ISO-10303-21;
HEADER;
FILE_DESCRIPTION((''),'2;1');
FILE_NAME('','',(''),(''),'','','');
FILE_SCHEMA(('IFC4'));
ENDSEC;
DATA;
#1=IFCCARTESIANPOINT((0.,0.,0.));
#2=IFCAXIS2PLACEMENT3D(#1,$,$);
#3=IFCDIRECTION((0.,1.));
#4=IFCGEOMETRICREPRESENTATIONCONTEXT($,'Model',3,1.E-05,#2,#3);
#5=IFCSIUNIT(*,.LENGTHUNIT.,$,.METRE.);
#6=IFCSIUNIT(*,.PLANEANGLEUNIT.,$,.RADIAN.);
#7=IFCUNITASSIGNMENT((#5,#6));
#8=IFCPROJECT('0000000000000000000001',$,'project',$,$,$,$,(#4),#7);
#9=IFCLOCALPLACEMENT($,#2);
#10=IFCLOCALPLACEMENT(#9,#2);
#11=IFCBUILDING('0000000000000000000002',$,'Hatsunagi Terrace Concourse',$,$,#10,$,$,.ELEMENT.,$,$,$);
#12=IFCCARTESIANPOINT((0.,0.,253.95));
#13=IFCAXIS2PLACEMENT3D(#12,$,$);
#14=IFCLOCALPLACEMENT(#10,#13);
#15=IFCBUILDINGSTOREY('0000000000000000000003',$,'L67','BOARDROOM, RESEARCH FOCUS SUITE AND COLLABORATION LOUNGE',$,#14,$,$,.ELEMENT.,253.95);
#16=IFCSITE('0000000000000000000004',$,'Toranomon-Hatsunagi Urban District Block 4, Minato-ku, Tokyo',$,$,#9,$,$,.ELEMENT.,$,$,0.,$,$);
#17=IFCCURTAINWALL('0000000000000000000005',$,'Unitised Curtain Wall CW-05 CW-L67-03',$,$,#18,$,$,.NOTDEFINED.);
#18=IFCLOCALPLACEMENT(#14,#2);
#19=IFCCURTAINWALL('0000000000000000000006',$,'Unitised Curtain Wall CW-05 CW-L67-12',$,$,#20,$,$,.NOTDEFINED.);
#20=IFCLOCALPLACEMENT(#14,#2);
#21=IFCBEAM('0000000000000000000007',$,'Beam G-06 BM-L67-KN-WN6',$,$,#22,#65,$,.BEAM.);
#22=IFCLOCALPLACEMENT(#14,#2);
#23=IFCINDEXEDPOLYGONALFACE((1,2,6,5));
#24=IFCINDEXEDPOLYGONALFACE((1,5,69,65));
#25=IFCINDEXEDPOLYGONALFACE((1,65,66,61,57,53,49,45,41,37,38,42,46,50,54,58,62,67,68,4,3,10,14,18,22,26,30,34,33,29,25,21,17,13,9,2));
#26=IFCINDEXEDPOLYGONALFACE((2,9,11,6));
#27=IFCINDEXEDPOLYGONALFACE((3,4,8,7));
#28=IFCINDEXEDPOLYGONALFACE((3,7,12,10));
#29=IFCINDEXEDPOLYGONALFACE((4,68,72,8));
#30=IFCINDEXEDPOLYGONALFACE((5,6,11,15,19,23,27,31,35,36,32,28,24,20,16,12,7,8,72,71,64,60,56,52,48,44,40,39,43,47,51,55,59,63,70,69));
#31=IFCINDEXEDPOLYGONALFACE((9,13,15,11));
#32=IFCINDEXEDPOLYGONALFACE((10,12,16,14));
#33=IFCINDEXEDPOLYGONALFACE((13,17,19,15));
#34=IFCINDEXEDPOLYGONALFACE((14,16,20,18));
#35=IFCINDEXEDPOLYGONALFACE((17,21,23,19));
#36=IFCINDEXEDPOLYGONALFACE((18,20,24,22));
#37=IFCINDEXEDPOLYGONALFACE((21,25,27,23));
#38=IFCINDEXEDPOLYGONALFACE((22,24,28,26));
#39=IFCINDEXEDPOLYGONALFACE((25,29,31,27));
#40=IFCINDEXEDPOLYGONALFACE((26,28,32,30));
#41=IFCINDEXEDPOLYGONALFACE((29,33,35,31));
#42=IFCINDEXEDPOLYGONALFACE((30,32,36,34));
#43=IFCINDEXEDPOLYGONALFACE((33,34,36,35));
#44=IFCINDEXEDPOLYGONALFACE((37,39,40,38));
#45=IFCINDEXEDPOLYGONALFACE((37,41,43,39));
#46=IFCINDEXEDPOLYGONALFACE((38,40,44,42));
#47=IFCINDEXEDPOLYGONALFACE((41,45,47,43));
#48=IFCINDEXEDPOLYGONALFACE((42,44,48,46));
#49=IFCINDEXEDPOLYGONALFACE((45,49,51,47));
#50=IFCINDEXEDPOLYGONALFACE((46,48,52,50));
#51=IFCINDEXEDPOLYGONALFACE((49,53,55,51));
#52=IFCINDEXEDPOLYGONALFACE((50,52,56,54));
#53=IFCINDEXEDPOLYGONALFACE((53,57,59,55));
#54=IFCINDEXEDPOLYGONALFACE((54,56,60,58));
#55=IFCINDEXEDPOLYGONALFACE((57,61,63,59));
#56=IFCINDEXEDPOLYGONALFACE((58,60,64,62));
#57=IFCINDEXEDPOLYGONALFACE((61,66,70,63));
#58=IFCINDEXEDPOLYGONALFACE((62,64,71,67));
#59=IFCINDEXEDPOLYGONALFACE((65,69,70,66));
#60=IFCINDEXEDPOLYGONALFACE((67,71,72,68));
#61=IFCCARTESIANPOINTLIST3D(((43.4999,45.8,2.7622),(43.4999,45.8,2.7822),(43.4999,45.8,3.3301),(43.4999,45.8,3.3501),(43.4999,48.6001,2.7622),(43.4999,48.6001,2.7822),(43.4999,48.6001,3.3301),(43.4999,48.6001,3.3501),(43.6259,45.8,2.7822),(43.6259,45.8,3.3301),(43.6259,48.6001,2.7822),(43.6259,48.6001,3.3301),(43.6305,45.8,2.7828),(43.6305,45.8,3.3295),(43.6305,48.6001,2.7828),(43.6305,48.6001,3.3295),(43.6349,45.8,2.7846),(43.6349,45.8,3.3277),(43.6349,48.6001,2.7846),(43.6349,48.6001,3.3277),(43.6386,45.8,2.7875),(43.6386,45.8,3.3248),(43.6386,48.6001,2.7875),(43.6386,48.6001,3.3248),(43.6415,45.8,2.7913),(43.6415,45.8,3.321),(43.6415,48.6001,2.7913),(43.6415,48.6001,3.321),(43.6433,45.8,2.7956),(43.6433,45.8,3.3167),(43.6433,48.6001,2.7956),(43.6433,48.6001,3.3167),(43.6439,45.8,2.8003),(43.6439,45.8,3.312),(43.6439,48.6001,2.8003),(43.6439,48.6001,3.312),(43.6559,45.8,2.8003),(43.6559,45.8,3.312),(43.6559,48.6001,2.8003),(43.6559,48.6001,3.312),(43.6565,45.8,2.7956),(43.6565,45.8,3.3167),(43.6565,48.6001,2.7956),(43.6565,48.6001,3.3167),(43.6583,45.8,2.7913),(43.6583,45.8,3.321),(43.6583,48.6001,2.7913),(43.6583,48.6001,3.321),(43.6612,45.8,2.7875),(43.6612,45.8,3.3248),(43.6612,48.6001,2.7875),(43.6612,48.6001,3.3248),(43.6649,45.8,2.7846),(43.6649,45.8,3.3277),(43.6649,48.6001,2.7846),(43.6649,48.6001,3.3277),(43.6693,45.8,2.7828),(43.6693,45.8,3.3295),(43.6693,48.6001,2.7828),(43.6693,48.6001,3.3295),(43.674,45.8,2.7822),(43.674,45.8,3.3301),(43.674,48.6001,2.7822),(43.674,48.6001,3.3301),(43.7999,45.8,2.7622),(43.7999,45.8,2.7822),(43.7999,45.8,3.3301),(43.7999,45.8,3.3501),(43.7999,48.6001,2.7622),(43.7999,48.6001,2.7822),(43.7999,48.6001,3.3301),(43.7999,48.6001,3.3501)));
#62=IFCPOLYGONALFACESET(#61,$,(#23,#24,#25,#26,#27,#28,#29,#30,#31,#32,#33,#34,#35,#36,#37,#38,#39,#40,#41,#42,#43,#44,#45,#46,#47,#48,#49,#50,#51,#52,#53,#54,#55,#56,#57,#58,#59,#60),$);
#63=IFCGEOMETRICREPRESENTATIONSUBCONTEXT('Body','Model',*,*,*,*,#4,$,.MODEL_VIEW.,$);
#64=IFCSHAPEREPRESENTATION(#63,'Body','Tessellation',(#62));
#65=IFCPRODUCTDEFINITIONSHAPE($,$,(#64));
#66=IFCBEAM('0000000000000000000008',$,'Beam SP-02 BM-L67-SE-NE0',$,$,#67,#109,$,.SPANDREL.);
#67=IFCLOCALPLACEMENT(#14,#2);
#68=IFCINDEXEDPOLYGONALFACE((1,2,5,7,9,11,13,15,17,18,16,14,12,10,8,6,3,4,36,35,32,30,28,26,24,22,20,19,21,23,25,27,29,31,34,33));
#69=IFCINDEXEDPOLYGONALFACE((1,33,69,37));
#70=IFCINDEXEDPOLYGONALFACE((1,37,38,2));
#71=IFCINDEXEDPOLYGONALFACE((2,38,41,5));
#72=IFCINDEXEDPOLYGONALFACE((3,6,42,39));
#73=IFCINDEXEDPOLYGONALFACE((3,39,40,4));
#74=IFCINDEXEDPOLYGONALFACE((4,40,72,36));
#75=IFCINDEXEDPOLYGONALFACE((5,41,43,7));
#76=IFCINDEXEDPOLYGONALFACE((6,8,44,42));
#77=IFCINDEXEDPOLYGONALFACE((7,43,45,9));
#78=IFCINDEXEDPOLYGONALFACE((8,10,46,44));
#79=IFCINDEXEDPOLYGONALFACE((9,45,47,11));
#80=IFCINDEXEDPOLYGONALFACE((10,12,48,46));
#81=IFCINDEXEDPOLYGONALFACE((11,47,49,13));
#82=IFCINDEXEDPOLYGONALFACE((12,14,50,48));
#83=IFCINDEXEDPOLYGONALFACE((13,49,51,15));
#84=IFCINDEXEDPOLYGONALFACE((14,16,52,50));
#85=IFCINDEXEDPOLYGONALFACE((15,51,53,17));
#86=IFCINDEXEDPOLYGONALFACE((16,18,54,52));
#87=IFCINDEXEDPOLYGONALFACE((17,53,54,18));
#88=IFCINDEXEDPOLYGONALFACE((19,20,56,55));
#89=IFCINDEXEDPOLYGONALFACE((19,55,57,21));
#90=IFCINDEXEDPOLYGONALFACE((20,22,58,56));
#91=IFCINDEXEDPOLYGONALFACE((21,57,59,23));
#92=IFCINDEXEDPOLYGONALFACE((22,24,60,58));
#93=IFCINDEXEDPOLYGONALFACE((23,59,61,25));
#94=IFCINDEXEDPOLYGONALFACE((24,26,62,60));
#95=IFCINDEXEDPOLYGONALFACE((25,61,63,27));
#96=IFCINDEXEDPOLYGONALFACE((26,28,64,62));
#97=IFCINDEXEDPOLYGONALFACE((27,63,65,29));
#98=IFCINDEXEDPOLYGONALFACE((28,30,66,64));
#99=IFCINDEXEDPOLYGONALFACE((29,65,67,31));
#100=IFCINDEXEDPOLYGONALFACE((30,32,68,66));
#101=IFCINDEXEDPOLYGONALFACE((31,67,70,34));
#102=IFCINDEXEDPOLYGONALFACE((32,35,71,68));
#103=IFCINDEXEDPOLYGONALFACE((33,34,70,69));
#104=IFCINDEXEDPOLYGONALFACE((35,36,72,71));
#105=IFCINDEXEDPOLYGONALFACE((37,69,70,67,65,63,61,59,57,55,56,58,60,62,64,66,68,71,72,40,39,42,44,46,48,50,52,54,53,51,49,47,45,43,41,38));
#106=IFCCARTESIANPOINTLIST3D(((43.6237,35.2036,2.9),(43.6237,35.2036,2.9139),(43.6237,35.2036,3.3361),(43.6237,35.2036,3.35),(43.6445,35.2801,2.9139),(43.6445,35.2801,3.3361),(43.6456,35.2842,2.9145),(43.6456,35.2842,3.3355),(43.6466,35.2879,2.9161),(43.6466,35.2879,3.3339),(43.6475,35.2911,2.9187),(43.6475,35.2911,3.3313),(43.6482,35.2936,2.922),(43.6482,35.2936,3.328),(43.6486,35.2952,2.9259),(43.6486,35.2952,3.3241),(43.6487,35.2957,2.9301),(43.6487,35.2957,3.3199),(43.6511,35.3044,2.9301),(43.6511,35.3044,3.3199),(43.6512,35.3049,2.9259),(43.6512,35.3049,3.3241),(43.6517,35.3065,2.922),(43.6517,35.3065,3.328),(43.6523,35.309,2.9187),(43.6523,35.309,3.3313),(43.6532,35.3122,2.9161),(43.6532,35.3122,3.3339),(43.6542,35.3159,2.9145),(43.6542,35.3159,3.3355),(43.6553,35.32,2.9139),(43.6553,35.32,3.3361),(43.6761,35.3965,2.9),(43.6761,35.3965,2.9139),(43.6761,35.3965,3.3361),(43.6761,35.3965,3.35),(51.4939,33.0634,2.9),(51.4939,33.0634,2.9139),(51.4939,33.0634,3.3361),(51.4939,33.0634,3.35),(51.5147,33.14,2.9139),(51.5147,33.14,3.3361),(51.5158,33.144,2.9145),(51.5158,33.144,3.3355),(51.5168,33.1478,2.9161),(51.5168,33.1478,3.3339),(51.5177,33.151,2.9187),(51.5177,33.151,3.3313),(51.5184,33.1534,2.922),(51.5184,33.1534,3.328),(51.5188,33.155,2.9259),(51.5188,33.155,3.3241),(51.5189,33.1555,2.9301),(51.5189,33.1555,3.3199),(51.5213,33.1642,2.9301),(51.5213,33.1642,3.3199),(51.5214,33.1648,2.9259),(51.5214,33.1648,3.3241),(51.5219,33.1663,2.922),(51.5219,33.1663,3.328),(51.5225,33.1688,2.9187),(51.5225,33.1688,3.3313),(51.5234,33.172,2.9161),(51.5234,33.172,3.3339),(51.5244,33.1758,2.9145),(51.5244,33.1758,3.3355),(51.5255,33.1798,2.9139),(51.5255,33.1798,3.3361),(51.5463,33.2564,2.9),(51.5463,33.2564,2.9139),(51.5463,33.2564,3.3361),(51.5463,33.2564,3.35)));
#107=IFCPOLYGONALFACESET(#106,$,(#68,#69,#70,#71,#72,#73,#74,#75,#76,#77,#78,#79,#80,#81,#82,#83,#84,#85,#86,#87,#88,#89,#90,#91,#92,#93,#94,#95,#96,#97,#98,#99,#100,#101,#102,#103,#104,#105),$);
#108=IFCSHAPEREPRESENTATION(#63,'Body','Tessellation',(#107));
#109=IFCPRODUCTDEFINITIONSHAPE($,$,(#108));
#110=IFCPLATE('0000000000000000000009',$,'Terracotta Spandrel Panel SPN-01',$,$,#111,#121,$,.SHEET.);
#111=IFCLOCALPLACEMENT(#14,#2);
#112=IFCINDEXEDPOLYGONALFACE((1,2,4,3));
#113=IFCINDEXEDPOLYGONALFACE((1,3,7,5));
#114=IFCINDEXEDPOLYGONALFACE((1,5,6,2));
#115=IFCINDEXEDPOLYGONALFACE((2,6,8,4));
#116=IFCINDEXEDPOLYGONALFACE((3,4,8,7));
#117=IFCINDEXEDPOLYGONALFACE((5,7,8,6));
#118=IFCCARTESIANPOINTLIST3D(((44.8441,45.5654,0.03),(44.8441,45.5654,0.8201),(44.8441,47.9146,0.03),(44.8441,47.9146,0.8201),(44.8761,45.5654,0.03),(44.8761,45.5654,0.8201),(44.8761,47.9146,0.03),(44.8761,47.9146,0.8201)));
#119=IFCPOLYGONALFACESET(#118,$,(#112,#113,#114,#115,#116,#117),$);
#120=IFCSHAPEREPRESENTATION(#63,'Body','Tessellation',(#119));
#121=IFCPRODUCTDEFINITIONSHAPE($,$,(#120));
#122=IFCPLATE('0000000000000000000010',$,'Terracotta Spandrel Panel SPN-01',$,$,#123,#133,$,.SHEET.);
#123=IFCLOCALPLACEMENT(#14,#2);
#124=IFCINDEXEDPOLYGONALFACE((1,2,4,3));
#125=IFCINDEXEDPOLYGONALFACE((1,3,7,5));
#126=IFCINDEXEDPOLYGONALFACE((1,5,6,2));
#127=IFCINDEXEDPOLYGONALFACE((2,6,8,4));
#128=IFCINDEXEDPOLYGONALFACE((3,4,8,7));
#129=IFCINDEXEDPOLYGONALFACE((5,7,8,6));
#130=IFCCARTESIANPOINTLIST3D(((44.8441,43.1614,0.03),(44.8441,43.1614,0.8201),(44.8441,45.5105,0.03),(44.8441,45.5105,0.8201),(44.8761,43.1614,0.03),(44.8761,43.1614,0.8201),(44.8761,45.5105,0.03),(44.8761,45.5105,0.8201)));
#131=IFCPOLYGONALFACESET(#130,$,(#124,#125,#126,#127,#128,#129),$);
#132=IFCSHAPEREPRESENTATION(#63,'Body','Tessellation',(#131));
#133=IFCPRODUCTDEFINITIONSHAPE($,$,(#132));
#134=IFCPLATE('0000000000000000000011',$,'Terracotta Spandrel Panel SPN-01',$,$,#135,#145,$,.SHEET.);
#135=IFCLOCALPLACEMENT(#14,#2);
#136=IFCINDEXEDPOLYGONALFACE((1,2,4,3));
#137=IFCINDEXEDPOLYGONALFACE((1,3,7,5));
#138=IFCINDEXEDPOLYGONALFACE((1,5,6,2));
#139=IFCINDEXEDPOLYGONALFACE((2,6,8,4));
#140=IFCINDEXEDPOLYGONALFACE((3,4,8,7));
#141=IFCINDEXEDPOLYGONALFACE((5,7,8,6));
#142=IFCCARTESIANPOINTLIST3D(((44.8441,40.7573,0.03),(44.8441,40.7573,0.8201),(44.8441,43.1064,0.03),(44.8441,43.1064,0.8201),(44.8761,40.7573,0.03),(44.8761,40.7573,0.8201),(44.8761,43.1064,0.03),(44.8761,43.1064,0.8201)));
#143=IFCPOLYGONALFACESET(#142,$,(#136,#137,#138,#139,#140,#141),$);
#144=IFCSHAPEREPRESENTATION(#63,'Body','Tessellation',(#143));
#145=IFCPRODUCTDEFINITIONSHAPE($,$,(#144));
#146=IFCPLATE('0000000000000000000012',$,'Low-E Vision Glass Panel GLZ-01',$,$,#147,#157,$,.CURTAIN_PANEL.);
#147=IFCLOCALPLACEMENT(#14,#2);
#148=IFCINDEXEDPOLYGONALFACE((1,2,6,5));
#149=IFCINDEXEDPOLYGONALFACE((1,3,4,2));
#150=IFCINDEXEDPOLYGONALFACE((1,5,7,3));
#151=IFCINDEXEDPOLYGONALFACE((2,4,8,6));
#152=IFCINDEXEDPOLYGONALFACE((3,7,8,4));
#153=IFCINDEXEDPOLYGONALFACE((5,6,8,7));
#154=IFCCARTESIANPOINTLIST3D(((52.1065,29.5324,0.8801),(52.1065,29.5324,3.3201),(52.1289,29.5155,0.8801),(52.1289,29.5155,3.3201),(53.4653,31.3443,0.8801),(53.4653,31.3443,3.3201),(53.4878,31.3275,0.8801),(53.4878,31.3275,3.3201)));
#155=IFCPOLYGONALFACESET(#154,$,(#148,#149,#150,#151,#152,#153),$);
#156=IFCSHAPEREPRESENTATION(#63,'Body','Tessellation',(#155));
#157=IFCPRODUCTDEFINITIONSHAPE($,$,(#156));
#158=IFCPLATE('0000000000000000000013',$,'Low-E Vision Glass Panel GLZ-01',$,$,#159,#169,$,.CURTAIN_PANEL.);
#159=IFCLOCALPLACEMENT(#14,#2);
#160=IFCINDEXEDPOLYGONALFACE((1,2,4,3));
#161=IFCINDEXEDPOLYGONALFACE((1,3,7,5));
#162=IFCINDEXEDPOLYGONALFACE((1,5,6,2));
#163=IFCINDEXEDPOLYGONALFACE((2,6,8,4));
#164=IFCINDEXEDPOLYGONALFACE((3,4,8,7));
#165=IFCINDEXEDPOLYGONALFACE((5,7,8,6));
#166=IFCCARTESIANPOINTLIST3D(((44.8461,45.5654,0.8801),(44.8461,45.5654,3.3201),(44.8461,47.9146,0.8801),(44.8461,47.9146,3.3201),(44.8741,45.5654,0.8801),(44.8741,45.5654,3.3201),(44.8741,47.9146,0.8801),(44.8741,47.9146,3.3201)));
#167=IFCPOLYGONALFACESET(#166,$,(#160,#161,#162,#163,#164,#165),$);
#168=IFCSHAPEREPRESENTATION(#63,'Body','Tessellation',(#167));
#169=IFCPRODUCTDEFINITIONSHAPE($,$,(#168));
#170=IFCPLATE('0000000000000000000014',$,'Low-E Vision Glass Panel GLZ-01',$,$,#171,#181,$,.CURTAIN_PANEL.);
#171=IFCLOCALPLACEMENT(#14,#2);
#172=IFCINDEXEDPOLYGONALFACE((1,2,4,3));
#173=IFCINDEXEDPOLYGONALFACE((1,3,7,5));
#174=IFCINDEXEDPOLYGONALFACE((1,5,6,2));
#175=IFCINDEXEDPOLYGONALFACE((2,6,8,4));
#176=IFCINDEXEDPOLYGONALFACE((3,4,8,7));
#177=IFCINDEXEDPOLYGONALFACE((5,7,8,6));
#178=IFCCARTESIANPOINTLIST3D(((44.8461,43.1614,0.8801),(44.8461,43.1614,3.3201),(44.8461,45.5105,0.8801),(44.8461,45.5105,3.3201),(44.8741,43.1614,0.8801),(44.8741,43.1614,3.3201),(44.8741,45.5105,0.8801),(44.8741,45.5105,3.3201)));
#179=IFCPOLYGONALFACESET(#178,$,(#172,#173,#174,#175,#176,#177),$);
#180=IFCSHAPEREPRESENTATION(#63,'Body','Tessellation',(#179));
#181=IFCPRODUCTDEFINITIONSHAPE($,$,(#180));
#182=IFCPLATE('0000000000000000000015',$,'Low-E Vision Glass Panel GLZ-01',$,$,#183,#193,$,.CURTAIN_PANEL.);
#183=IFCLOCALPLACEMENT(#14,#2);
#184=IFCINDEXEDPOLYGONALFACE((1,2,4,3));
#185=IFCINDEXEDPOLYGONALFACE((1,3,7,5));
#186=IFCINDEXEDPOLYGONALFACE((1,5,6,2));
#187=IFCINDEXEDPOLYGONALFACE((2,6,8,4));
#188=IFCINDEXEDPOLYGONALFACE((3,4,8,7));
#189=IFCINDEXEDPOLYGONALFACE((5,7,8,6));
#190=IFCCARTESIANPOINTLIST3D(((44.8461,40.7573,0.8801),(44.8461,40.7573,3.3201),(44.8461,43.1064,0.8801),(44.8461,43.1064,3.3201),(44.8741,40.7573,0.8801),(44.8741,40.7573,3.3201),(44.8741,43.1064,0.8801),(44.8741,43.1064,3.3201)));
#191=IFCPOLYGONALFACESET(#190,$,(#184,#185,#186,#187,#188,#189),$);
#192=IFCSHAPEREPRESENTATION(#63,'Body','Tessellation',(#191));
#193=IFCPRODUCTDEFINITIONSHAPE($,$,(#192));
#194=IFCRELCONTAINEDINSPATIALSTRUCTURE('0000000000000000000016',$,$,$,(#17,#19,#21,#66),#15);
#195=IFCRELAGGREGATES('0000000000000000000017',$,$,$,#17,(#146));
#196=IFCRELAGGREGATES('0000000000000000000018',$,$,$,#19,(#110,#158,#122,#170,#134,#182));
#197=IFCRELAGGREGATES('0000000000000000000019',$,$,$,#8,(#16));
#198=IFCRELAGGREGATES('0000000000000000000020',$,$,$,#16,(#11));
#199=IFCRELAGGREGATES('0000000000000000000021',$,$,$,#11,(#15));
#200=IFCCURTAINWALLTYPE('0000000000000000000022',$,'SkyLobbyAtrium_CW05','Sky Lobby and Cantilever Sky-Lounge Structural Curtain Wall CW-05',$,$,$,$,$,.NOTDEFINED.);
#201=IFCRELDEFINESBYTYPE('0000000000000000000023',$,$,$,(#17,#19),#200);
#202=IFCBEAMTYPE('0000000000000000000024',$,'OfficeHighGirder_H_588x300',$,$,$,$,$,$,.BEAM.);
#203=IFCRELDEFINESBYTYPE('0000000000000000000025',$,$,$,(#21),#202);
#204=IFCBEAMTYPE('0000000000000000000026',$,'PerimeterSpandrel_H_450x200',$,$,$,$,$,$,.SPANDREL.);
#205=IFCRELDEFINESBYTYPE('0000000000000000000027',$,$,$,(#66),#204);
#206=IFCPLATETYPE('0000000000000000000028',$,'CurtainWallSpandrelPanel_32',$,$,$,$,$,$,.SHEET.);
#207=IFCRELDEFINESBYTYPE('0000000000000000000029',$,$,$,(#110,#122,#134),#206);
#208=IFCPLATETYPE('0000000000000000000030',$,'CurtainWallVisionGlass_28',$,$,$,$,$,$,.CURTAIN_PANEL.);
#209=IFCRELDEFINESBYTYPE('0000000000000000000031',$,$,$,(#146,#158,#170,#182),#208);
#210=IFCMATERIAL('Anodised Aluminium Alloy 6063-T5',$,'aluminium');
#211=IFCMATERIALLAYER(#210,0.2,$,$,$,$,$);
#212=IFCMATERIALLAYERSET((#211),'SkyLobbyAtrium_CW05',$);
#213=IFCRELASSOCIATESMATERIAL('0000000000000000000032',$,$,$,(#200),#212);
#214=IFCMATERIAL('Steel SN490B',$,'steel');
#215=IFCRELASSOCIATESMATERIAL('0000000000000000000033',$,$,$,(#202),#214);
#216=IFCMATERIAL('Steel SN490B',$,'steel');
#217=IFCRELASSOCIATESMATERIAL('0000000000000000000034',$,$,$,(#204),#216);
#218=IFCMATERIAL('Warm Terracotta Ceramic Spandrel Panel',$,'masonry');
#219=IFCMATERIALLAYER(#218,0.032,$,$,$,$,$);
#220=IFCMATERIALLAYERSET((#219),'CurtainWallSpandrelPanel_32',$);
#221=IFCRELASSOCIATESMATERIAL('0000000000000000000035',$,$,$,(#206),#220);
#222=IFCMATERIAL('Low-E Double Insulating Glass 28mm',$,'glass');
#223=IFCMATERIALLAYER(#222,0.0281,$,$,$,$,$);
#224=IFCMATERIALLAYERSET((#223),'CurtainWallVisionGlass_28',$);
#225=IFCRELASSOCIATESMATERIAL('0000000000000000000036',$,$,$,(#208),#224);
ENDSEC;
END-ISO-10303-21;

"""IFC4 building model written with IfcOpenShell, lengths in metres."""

from ifc_helpers import new_model, si_unit, direction, frame, origin, origin_2d, place, context, subcontext, project, spatial, rectangle, i_section, extrude, material, layer, layer_set, material_profile, profile_set, type_object, element, aggregate, save


model = new_model("IFC4")

# Units and contexts
model_context = context("Model", 3, precision=1e-05, world=origin(), true_north=direction((0.0, 1.0)))
body_context = subcontext(model_context, "Body", "Model", "MODEL_VIEW")
ifc_project = project(units=[si_unit("LENGTHUNIT", "METRE"), si_unit("PLANEANGLEUNIT", "RADIAN")], contexts=[model_context])

# Site, building, storey
site_placement = place(None, origin())
site = spatial("IfcSite", under=ifc_project, at=site_placement, Name="Toranomon-Hatsunagi Urban District Block 4, Minato-ku, Tokyo", CompositionType="ELEMENT", RefElevation=0.0)
building_placement = place(site_placement, origin())
building = spatial("IfcBuilding", under=site, at=building_placement, Name="Hatsunagi Terrace Concourse", CompositionType="ELEMENT")
storey_placement = place(building_placement, frame((0.0, 0.0, 253.95)))
storey = spatial("IfcBuildingStorey", under=building, at=storey_placement, Name="L67", Description="BOARDROOM, RESEARCH FOCUS SUITE AND COLLABORATION LOUNGE", CompositionType="ELEMENT", Elevation=253.95)

# Curtain wall
ifc_material_1 = material(Name="Anodised Aluminium Alloy 6063-T5", Category="aluminium")
ifc_layer_1 = layer(ifc_material_1, 0.2)
ifc_layer_set_1 = layer_set([ifc_layer_1], Name="SkyLobbyAtrium_CW05")
curtain_wall_type = type_object("IfcCurtainWallType", Name="SkyLobbyAtrium_CW05", Description="Sky Lobby and Cantilever Sky-Lounge Structural Curtain Wall CW-05", PredefinedType="NOTDEFINED", material=ifc_layer_set_1)
curtain_wall_1_placement = place(storey_placement, origin())
curtain_wall_1 = element("IfcCurtainWall", 1, at=curtain_wall_1_placement, inside=storey, type_object=curtain_wall_type, Name="Unitised Curtain Wall CW-05 CW-L67-03", PredefinedType="NOTDEFINED")

# Curtain wall
curtain_wall_2_placement = place(storey_placement, origin())
curtain_wall_2 = element("IfcCurtainWall", 2, at=curtain_wall_2_placement, inside=storey, type_object=curtain_wall_type, Name="Unitised Curtain Wall CW-05 CW-L67-12", PredefinedType="NOTDEFINED")

# Beams
ifc_material_2 = material(Name="Steel SN490B", Category="steel")
ifc_material_profile_1 = material_profile(ifc_material_2, i_section(OverallWidth=0.3, OverallDepth=0.5879, WebThickness=0.012, FlangeThickness=0.02, FilletRadius=0.0181, at=origin_2d()), Name="H-588x300x12x20")
ifc_profile_set_1 = profile_set([ifc_material_profile_1], Name="Steel SN490B")
beam_type_1 = type_object("IfcBeamType", Name="OfficeHighGirder_H_588x300", PredefinedType="BEAM", material=ifc_profile_set_1)
for number, where, z_axis, x_axis, name in (
    (3, (43.6499, 45.8, 3.0562), (0.0, 1.0, 0.0), (-1.0, 0.0, 0.0), "Beam G-06 BM-L67-KN-WN6"),
):
    element("IfcBeam", number, at=place(storey_placement, frame(where, z_axis=z_axis, x_axis=x_axis)), inside=storey, type_object=beam_type_1, Name=name, PredefinedType="BEAM", context=body_context, shape_type="SweptSolid", body=[
        extrude(i_section(OverallWidth=0.3, OverallDepth=0.5879, WebThickness=0.012, FlangeThickness=0.02, FilletRadius=0.0181, at=origin_2d()), origin(), (0.0, 0.0, 1.0), 2.8),
    ])
ifc_material_3 = material(Name="Steel SN490B", Category="steel")
ifc_material_profile_2 = material_profile(ifc_material_3, i_section(OverallWidth=0.2, OverallDepth=0.45, WebThickness=0.009, FlangeThickness=0.0139, FilletRadius=0.0161, at=origin_2d()), Name="H-450x200x9x14")
ifc_profile_set_2 = profile_set([ifc_material_profile_2], Name="Steel SN490B")
beam_type_2 = type_object("IfcBeamType", Name="PerimeterSpandrel_H_450x200", PredefinedType="SPANDREL", material=ifc_profile_set_2)
beam_1_placement = place(storey_placement, frame((43.6499, 35.3, 3.125), z_axis=(0.964958, -0.262403, 0.0), x_axis=(0.262403, 0.964958, 0.0)))
element("IfcBeam", 4, at=beam_1_placement, inside=storey, type_object=beam_type_2, Name="Beam SP-02 BM-L67-SE-NE0", PredefinedType="SPANDREL", context=body_context, shape_type="SweptSolid", body=[
    extrude(i_section(OverallWidth=0.2, OverallDepth=0.45, WebThickness=0.009, FlangeThickness=0.0139, FilletRadius=0.0161, at=origin_2d()), origin(), (0.0, 0.0, 1.0), 8.156),
])

# Plates
ifc_material_4 = material(Name="Warm Terracotta Ceramic Spandrel Panel", Category="masonry")
ifc_layer_2 = layer(ifc_material_4, 0.032)
ifc_layer_set_2 = layer_set([ifc_layer_2], Name="CurtainWallSpandrelPanel_32")
plate_type_1 = type_object("IfcPlateType", Name="CurtainWallSpandrelPanel_32", PredefinedType="SHEET", material=ifc_layer_set_2)
plate_1_placement = place(storey_placement, frame((44.8601, 46.74, 0.03), z_axis=(0.0, 0.0, 1.0), x_axis=(0.0, -1.0, 0.0)))
plate_1 = element("IfcPlate", 5, at=plate_1_placement, type_object=plate_type_1, Name="Terracotta Spandrel Panel SPN-01", PredefinedType="SHEET", context=body_context, shape_type="SweptSolid", body=[
    extrude(rectangle(XDim=2.3491, YDim=0.032, at=origin_2d()), origin(), (0.0, 0.0, 1.0), 0.79),
])
plate_2_placement = place(storey_placement, frame((44.8601, 44.3359, 0.03), z_axis=(0.0, 0.0, 1.0), x_axis=(0.0, -1.0, 0.0)))
plate_2 = element("IfcPlate", 6, at=plate_2_placement, type_object=plate_type_1, Name="Terracotta Spandrel Panel SPN-01", PredefinedType="SHEET", context=body_context, shape_type="SweptSolid", body=[
    extrude(rectangle(XDim=2.3491, YDim=0.032, at=origin_2d()), origin(), (0.0, 0.0, 1.0), 0.79),
])
plate_3_placement = place(storey_placement, frame((44.8601, 41.9319, 0.03), z_axis=(0.0, 0.0, 1.0), x_axis=(0.0, -1.0, 0.0)))
plate_3 = element("IfcPlate", 7, at=plate_3_placement, type_object=plate_type_1, Name="Terracotta Spandrel Panel SPN-01", PredefinedType="SHEET", context=body_context, shape_type="SweptSolid", body=[
    extrude(rectangle(XDim=2.3491, YDim=0.032, at=origin_2d()), origin(), (0.0, 0.0, 1.0), 0.79),
])
ifc_material_5 = material(Name="Low-E Double Insulating Glass 28mm", Category="glass")
ifc_layer_3 = layer(ifc_material_5, 0.0281)
ifc_layer_set_3 = layer_set([ifc_layer_3], Name="CurtainWallVisionGlass_28")
plate_type_2 = type_object("IfcPlateType", Name="CurtainWallVisionGlass_28", PredefinedType="CURTAIN_PANEL", material=ifc_layer_set_3)
plate_4_placement = place(storey_placement, frame((52.7971, 30.4299, 0.8801), z_axis=(0.0, 0.0, 1.0), x_axis=(-0.599969, -0.800023, 0.0)))
plate_4 = element("IfcPlate", 8, at=plate_4_placement, type_object=plate_type_2, Name="Low-E Vision Glass Panel GLZ-01", PredefinedType="CURTAIN_PANEL", context=body_context, shape_type="SweptSolid", body=[
    extrude(rectangle(XDim=2.2649, YDim=0.0281, at=origin_2d()), origin(), (0.0, 0.0, 1.0), 2.4399),
])
aggregate(curtain_wall_1, [plate_4])
plate_5_placement = place(storey_placement, frame((44.8601, 46.74, 0.8801), z_axis=(0.0, 0.0, 1.0), x_axis=(0.0, -1.0, 0.0)))
plate_5 = element("IfcPlate", 9, at=plate_5_placement, type_object=plate_type_2, Name="Low-E Vision Glass Panel GLZ-01", PredefinedType="CURTAIN_PANEL", context=body_context, shape_type="SweptSolid", body=[
    extrude(rectangle(XDim=2.3491, YDim=0.0281, at=origin_2d()), origin(), (0.0, 0.0, 1.0), 2.4399),
])
plate_6_placement = place(storey_placement, frame((44.8601, 44.3359, 0.8801), z_axis=(0.0, 0.0, 1.0), x_axis=(0.0, -1.0, 0.0)))
plate_6 = element("IfcPlate", 10, at=plate_6_placement, type_object=plate_type_2, Name="Low-E Vision Glass Panel GLZ-01", PredefinedType="CURTAIN_PANEL", context=body_context, shape_type="SweptSolid", body=[
    extrude(rectangle(XDim=2.3491, YDim=0.0281, at=origin_2d()), origin(), (0.0, 0.0, 1.0), 2.4399),
])
plate_7_placement = place(storey_placement, frame((44.8601, 41.9319, 0.8801), z_axis=(0.0, 0.0, 1.0), x_axis=(0.0, -1.0, 0.0)))
plate_7 = element("IfcPlate", 11, at=plate_7_placement, type_object=plate_type_2, Name="Low-E Vision Glass Panel GLZ-01", PredefinedType="CURTAIN_PANEL", context=body_context, shape_type="SweptSolid", body=[
    extrude(rectangle(XDim=2.3491, YDim=0.0281, at=origin_2d()), origin(), (0.0, 0.0, 1.0), 2.4399),
])
aggregate(curtain_wall_2, [plate_1, plate_5, plate_2, plate_6, plate_3, plate_7])

save(model, "model.ifc")
